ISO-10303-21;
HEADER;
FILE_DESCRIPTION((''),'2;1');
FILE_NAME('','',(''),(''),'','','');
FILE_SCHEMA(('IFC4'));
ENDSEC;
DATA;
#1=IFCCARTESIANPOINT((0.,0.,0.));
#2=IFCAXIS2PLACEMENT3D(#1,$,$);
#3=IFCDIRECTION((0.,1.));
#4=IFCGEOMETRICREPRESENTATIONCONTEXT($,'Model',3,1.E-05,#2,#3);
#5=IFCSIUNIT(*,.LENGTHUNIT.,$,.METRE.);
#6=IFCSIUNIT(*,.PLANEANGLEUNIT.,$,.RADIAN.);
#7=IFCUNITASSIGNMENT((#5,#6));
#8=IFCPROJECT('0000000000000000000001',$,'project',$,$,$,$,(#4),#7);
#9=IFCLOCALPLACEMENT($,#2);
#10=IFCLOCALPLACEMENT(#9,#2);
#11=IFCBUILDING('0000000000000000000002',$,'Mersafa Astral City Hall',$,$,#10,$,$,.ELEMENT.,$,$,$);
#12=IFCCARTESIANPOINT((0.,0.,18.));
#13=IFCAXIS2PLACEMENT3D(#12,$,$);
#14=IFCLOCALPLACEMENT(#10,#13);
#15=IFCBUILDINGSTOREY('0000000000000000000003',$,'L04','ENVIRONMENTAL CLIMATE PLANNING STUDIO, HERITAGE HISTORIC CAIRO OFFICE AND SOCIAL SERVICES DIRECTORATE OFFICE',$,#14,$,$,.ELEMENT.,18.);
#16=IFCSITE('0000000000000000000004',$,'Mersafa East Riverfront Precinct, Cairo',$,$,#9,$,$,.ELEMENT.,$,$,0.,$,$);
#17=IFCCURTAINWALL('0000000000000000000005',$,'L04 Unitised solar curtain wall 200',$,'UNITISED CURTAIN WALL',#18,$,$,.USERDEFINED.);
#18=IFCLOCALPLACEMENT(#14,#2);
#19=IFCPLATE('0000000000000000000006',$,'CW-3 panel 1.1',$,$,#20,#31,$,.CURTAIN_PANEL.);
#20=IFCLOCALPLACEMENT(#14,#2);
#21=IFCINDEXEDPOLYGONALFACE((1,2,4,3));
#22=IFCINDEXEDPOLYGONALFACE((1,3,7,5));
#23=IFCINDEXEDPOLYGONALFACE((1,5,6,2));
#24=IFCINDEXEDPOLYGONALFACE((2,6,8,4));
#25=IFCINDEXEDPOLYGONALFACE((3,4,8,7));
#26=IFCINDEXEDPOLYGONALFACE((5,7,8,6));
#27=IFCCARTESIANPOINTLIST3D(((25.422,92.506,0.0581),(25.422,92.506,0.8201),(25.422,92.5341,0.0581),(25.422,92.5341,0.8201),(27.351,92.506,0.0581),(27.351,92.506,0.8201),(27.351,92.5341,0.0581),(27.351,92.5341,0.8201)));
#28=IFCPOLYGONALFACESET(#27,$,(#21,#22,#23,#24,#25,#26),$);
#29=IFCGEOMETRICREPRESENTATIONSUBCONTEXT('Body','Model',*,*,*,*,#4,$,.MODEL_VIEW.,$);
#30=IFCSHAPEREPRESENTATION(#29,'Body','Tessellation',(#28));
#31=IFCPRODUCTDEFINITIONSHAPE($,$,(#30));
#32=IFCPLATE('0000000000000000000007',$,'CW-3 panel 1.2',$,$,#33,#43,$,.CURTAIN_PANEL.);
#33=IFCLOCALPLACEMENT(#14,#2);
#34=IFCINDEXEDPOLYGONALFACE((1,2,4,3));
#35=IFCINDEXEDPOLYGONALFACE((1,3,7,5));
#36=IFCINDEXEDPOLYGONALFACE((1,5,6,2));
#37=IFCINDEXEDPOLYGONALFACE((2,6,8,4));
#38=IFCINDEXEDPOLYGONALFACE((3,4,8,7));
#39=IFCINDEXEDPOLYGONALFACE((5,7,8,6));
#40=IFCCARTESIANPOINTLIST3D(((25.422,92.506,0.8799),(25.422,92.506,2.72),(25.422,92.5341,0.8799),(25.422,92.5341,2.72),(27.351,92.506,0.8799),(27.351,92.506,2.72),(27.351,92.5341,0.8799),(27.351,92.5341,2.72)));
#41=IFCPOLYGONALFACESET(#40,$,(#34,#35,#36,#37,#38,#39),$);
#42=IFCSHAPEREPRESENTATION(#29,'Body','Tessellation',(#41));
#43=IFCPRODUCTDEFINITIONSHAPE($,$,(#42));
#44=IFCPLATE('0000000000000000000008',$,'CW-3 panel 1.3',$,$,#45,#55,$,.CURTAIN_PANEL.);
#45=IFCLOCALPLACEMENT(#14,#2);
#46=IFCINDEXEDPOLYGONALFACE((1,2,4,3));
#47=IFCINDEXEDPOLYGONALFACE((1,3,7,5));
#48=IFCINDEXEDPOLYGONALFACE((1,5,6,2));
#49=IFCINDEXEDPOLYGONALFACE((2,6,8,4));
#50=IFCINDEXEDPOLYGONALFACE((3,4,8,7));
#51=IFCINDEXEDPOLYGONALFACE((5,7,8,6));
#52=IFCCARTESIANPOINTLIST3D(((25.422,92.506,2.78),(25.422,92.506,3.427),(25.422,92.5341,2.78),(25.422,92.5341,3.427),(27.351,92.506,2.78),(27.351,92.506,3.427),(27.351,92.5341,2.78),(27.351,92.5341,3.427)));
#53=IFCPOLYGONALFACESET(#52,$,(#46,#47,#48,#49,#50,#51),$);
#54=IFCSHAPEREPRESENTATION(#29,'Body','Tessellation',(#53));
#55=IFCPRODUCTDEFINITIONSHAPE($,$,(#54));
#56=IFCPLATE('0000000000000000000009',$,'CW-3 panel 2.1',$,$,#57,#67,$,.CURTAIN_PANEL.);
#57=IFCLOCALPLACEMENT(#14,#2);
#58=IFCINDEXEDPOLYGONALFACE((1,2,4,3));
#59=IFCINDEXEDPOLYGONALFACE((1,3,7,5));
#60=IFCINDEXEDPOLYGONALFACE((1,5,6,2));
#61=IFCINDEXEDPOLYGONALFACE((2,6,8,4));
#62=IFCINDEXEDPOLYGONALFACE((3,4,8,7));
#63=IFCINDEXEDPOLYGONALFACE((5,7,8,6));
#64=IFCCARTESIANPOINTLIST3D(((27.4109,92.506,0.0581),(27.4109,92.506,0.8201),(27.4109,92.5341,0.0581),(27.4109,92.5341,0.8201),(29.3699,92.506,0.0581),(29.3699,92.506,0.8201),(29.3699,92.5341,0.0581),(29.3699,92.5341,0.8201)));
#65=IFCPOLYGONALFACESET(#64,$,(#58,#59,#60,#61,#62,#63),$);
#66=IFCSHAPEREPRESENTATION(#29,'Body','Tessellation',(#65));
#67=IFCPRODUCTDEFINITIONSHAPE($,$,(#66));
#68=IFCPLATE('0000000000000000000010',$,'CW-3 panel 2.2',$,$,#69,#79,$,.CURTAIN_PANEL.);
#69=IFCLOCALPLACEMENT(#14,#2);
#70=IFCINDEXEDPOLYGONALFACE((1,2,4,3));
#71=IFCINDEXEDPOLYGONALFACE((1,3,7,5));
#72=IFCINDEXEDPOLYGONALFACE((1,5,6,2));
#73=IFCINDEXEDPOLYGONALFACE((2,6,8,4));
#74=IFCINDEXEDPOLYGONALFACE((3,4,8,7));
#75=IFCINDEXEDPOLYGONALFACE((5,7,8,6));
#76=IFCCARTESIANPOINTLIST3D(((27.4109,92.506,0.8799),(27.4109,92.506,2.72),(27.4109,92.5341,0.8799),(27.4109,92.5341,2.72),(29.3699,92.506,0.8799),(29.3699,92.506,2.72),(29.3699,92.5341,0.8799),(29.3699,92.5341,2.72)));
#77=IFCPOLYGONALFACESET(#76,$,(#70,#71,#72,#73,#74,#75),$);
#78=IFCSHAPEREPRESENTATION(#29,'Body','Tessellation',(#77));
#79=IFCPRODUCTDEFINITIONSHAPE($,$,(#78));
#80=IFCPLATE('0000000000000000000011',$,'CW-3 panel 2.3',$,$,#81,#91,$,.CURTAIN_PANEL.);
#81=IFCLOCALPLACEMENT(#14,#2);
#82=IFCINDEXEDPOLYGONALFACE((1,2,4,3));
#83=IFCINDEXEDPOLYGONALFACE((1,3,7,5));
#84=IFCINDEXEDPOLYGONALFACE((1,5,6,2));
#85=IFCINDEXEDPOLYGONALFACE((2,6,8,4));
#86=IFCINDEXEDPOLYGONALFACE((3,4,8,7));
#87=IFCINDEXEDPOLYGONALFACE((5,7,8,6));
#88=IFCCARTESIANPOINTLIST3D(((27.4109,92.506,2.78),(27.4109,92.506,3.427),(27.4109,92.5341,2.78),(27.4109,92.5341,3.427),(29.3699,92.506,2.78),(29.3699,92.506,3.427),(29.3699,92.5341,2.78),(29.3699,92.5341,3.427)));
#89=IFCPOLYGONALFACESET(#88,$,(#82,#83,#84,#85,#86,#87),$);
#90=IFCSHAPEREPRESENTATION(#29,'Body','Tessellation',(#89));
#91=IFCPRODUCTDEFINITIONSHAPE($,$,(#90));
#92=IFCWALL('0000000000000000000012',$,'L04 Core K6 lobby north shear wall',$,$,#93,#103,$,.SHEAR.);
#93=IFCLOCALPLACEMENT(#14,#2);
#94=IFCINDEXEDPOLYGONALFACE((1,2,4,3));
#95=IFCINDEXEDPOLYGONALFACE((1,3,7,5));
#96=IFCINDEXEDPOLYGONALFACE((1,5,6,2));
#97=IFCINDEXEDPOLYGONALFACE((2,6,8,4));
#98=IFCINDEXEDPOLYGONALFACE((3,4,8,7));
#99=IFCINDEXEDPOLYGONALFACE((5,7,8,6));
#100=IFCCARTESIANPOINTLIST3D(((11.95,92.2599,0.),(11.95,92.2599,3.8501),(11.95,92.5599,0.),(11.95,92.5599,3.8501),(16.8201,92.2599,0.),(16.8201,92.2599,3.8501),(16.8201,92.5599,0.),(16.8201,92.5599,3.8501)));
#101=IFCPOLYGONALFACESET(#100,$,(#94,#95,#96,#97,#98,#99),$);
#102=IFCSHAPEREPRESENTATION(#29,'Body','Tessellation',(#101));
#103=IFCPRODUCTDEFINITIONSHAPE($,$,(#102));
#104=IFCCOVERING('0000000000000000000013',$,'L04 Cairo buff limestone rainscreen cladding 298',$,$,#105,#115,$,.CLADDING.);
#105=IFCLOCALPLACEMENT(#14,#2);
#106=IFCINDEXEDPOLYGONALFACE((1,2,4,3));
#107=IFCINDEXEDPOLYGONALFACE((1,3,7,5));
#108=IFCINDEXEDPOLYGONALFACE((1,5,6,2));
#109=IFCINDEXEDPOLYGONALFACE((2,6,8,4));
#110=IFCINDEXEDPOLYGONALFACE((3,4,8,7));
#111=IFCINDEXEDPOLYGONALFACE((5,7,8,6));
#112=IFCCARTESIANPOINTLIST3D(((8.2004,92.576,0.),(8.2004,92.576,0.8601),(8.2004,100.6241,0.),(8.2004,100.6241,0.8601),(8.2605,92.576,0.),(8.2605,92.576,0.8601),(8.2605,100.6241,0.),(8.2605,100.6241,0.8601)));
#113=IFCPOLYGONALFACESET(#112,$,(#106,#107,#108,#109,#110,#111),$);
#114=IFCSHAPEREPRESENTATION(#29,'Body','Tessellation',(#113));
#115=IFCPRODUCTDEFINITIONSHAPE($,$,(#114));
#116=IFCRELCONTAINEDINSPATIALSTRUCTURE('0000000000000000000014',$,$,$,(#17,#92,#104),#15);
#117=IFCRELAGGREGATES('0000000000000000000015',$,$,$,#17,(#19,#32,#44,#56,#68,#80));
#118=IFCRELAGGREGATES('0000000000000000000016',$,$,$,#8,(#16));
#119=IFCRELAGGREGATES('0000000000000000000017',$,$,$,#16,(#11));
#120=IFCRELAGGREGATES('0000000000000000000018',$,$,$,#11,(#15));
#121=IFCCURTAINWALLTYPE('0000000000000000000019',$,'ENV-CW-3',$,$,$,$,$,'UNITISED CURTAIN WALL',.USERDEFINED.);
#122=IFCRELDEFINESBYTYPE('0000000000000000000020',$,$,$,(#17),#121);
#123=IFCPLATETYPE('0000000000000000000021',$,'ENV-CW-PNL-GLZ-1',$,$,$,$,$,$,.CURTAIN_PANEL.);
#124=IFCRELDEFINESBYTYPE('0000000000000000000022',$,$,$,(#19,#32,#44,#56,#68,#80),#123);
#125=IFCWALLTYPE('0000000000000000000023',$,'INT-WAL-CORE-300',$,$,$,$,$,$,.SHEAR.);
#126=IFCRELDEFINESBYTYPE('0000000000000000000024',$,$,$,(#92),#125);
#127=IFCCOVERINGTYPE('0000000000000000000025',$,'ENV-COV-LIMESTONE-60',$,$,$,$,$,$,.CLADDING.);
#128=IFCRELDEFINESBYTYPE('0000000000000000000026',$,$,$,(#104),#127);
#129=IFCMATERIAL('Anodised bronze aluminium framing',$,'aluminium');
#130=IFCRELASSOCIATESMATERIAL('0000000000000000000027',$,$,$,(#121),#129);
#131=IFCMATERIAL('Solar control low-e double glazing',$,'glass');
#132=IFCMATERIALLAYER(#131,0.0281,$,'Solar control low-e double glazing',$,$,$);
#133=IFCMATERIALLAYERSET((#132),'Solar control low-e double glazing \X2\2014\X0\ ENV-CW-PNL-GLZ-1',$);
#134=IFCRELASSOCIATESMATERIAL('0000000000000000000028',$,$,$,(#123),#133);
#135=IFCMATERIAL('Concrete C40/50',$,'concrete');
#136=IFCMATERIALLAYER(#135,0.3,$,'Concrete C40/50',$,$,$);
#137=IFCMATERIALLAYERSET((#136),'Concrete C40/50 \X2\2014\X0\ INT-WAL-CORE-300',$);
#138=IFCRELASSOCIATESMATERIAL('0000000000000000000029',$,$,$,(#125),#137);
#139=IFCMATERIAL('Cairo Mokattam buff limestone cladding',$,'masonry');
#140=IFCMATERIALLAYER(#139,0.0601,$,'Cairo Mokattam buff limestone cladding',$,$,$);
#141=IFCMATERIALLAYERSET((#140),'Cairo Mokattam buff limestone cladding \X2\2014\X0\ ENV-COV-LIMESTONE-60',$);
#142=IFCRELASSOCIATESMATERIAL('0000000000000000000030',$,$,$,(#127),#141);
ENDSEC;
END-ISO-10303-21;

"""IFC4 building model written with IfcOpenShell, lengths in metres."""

from ifc_helpers import new_model, si_unit, direction, frame, frame_2d, origin, origin_2d, place, context, subcontext, project, spatial, rectangle, extrude, material, layer, layer_set, type_object, element, aggregate, save


model = new_model("IFC4")

# Units and contexts
model_context = context("Model", 3, precision=1e-05, world=origin(), true_north=direction((0.0, 1.0)))
body_context = subcontext(model_context, "Body", "Model", "MODEL_VIEW")
ifc_project = project(units=[si_unit("LENGTHUNIT", "METRE"), si_unit("PLANEANGLEUNIT", "RADIAN")], contexts=[model_context])

# Site, building, storey
site_placement = place(None, origin())
site = spatial("IfcSite", under=ifc_project, at=site_placement, Name="Mersafa East Riverfront Precinct, Cairo", CompositionType="ELEMENT", RefElevation=0.0)
building_placement = place(site_placement, origin())
building = spatial("IfcBuilding", under=site, at=building_placement, Name="Mersafa Astral City Hall", CompositionType="ELEMENT")
storey_placement = place(building_placement, frame((0.0, 0.0, 18.0)))
storey = spatial("IfcBuildingStorey", under=building, at=storey_placement, Name="L04", Description="ENVIRONMENTAL CLIMATE PLANNING STUDIO, HERITAGE HISTORIC CAIRO OFFICE AND SOCIAL SERVICES DIRECTORATE OFFICE", CompositionType="ELEMENT", Elevation=18.0)

# Curtain wall
ifc_material_1 = material(Name="Anodised bronze aluminium framing", Category="aluminium")
curtain_wall_type = type_object("IfcCurtainWallType", Name="ENV-CW-3", ElementType="UNITISED CURTAIN WALL", PredefinedType="USERDEFINED", material=ifc_material_1)
curtain_wall_placement = place(storey_placement, origin())
curtain_wall = element("IfcCurtainWall", 1, at=curtain_wall_placement, inside=storey, type_object=curtain_wall_type, Name="L04 Unitised solar curtain wall 200", ObjectType="UNITISED CURTAIN WALL", PredefinedType="USERDEFINED")

# Plates
ifc_material_2 = material(Name="Solar control low-e double glazing", Category="glass")
ifc_layer_1 = layer(ifc_material_2, 0.0281, Name="Solar control low-e double glazing")
ifc_layer_set_1 = layer_set([ifc_layer_1], Name="Solar control low-e double glazing — ENV-CW-PNL-GLZ-1")
plate_type = type_object("IfcPlateType", Name="ENV-CW-PNL-GLZ-1", PredefinedType="CURTAIN_PANEL", material=ifc_layer_set_1)
plate_1_placement = place(storey_placement, frame((26.3865, 92.52, 0.0581), z_axis=(0.0, 0.0, 1.0), x_axis=(1.0, 0.0, 0.0)))
plate_1 = element("IfcPlate", 2, at=plate_1_placement, type_object=plate_type, Name="CW-3 panel 1.1", PredefinedType="CURTAIN_PANEL", context=body_context, shape_type="SweptSolid", body=[
    extrude(rectangle(XDim=1.929, YDim=0.0281, at=origin_2d()), origin(), (0.0, 0.0, 1.0), 0.762),
])
plate_2_placement = place(storey_placement, frame((26.3865, 92.52, 0.8799), z_axis=(0.0, 0.0, 1.0), x_axis=(1.0, 0.0, 0.0)))
plate_2 = element("IfcPlate", 3, at=plate_2_placement, type_object=plate_type, Name="CW-3 panel 1.2", PredefinedType="CURTAIN_PANEL", context=body_context, shape_type="SweptSolid", body=[
    extrude(rectangle(XDim=1.929, YDim=0.0281, at=origin_2d()), origin(), (0.0, 0.0, 1.0), 1.8401),
])
plate_3_placement = place(storey_placement, frame((26.3865, 92.52, 2.78), z_axis=(0.0, 0.0, 1.0), x_axis=(1.0, 0.0, 0.0)))
plate_3 = element("IfcPlate", 4, at=plate_3_placement, type_object=plate_type, Name="CW-3 panel 1.3", PredefinedType="CURTAIN_PANEL", context=body_context, shape_type="SweptSolid", body=[
    extrude(rectangle(XDim=1.929, YDim=0.0281, at=origin_2d()), origin(), (0.0, 0.0, 1.0), 0.647),
])
plate_4_placement = place(storey_placement, frame((28.3904, 92.52, 0.0581), z_axis=(0.0, 0.0, 1.0), x_axis=(1.0, 0.0, 0.0)))
plate_4 = element("IfcPlate", 5, at=plate_4_placement, type_object=plate_type, Name="CW-3 panel 2.1", PredefinedType="CURTAIN_PANEL", context=body_context, shape_type="SweptSolid", body=[
    extrude(rectangle(XDim=1.959, YDim=0.0281, at=origin_2d()), origin(), (0.0, 0.0, 1.0), 0.762),
])
plate_5_placement = place(storey_placement, frame((28.3904, 92.52, 0.8799), z_axis=(0.0, 0.0, 1.0), x_axis=(1.0, 0.0, 0.0)))
plate_5 = element("IfcPlate", 6, at=plate_5_placement, type_object=plate_type, Name="CW-3 panel 2.2", PredefinedType="CURTAIN_PANEL", context=body_context, shape_type="SweptSolid", body=[
    extrude(rectangle(XDim=1.959, YDim=0.0281, at=origin_2d()), origin(), (0.0, 0.0, 1.0), 1.8401),
])
plate_6_placement = place(storey_placement, frame((28.3904, 92.52, 2.78), z_axis=(0.0, 0.0, 1.0), x_axis=(1.0, 0.0, 0.0)))
plate_6 = element("IfcPlate", 7, at=plate_6_placement, type_object=plate_type, Name="CW-3 panel 2.3", PredefinedType="CURTAIN_PANEL", context=body_context, shape_type="SweptSolid", body=[
    extrude(rectangle(XDim=1.959, YDim=0.0281, at=origin_2d()), origin(), (0.0, 0.0, 1.0), 0.647),
])
aggregate(curtain_wall, [plate_1, plate_2, plate_3, plate_4, plate_5, plate_6])

# Wall
ifc_material_3 = material(Name="Concrete C40/50", Category="concrete")
ifc_layer_2 = layer(ifc_material_3, 0.3, Name="Concrete C40/50")
ifc_layer_set_2 = layer_set([ifc_layer_2], Name="Concrete C40/50 — INT-WAL-CORE-300")
wall_type = type_object("IfcWallType", Name="INT-WAL-CORE-300", PredefinedType="SHEAR", material=ifc_layer_set_2)
wall_placement = place(storey_placement, frame((11.95, 92.4099, 0.0), z_axis=(0.0, 0.0, 1.0), x_axis=(1.0, 0.0, 0.0)))
element("IfcWall", 8, at=wall_placement, inside=storey, type_object=wall_type, Name="L04 Core K6 lobby north shear wall", PredefinedType="SHEAR", context=body_context, shape_type="SweptSolid", body=[
    extrude(rectangle(XDim=4.8701, YDim=0.3, at=frame_2d((2.4351, 0.0))), origin(), (0.0, 0.0, 1.0), 3.8501),
])

# Covering
ifc_material_4 = material(Name="Cairo Mokattam buff limestone cladding", Category="masonry")
ifc_layer_3 = layer(ifc_material_4, 0.0601, Name="Cairo Mokattam buff limestone cladding")
ifc_layer_set_3 = layer_set([ifc_layer_3], Name="Cairo Mokattam buff limestone cladding — ENV-COV-LIMESTONE-60")
covering_type = type_object("IfcCoveringType", Name="ENV-COV-LIMESTONE-60", PredefinedType="CLADDING", material=ifc_layer_set_3)
covering_placement = place(storey_placement, frame((8.2305, 96.6001, 0.0), z_axis=(0.0, 0.0, 1.0), x_axis=(0.0, -1.0, 0.0)))
element("IfcCovering", 9, at=covering_placement, inside=storey, type_object=covering_type, Name="L04 Cairo buff limestone rainscreen cladding 298", PredefinedType="CLADDING", context=body_context, shape_type="SweptSolid", body=[
    extrude(rectangle(XDim=8.0481, YDim=0.0601, at=origin_2d()), origin(), (0.0, 0.0, 1.0), 0.8601),
])

save(model, "model.ifc")
